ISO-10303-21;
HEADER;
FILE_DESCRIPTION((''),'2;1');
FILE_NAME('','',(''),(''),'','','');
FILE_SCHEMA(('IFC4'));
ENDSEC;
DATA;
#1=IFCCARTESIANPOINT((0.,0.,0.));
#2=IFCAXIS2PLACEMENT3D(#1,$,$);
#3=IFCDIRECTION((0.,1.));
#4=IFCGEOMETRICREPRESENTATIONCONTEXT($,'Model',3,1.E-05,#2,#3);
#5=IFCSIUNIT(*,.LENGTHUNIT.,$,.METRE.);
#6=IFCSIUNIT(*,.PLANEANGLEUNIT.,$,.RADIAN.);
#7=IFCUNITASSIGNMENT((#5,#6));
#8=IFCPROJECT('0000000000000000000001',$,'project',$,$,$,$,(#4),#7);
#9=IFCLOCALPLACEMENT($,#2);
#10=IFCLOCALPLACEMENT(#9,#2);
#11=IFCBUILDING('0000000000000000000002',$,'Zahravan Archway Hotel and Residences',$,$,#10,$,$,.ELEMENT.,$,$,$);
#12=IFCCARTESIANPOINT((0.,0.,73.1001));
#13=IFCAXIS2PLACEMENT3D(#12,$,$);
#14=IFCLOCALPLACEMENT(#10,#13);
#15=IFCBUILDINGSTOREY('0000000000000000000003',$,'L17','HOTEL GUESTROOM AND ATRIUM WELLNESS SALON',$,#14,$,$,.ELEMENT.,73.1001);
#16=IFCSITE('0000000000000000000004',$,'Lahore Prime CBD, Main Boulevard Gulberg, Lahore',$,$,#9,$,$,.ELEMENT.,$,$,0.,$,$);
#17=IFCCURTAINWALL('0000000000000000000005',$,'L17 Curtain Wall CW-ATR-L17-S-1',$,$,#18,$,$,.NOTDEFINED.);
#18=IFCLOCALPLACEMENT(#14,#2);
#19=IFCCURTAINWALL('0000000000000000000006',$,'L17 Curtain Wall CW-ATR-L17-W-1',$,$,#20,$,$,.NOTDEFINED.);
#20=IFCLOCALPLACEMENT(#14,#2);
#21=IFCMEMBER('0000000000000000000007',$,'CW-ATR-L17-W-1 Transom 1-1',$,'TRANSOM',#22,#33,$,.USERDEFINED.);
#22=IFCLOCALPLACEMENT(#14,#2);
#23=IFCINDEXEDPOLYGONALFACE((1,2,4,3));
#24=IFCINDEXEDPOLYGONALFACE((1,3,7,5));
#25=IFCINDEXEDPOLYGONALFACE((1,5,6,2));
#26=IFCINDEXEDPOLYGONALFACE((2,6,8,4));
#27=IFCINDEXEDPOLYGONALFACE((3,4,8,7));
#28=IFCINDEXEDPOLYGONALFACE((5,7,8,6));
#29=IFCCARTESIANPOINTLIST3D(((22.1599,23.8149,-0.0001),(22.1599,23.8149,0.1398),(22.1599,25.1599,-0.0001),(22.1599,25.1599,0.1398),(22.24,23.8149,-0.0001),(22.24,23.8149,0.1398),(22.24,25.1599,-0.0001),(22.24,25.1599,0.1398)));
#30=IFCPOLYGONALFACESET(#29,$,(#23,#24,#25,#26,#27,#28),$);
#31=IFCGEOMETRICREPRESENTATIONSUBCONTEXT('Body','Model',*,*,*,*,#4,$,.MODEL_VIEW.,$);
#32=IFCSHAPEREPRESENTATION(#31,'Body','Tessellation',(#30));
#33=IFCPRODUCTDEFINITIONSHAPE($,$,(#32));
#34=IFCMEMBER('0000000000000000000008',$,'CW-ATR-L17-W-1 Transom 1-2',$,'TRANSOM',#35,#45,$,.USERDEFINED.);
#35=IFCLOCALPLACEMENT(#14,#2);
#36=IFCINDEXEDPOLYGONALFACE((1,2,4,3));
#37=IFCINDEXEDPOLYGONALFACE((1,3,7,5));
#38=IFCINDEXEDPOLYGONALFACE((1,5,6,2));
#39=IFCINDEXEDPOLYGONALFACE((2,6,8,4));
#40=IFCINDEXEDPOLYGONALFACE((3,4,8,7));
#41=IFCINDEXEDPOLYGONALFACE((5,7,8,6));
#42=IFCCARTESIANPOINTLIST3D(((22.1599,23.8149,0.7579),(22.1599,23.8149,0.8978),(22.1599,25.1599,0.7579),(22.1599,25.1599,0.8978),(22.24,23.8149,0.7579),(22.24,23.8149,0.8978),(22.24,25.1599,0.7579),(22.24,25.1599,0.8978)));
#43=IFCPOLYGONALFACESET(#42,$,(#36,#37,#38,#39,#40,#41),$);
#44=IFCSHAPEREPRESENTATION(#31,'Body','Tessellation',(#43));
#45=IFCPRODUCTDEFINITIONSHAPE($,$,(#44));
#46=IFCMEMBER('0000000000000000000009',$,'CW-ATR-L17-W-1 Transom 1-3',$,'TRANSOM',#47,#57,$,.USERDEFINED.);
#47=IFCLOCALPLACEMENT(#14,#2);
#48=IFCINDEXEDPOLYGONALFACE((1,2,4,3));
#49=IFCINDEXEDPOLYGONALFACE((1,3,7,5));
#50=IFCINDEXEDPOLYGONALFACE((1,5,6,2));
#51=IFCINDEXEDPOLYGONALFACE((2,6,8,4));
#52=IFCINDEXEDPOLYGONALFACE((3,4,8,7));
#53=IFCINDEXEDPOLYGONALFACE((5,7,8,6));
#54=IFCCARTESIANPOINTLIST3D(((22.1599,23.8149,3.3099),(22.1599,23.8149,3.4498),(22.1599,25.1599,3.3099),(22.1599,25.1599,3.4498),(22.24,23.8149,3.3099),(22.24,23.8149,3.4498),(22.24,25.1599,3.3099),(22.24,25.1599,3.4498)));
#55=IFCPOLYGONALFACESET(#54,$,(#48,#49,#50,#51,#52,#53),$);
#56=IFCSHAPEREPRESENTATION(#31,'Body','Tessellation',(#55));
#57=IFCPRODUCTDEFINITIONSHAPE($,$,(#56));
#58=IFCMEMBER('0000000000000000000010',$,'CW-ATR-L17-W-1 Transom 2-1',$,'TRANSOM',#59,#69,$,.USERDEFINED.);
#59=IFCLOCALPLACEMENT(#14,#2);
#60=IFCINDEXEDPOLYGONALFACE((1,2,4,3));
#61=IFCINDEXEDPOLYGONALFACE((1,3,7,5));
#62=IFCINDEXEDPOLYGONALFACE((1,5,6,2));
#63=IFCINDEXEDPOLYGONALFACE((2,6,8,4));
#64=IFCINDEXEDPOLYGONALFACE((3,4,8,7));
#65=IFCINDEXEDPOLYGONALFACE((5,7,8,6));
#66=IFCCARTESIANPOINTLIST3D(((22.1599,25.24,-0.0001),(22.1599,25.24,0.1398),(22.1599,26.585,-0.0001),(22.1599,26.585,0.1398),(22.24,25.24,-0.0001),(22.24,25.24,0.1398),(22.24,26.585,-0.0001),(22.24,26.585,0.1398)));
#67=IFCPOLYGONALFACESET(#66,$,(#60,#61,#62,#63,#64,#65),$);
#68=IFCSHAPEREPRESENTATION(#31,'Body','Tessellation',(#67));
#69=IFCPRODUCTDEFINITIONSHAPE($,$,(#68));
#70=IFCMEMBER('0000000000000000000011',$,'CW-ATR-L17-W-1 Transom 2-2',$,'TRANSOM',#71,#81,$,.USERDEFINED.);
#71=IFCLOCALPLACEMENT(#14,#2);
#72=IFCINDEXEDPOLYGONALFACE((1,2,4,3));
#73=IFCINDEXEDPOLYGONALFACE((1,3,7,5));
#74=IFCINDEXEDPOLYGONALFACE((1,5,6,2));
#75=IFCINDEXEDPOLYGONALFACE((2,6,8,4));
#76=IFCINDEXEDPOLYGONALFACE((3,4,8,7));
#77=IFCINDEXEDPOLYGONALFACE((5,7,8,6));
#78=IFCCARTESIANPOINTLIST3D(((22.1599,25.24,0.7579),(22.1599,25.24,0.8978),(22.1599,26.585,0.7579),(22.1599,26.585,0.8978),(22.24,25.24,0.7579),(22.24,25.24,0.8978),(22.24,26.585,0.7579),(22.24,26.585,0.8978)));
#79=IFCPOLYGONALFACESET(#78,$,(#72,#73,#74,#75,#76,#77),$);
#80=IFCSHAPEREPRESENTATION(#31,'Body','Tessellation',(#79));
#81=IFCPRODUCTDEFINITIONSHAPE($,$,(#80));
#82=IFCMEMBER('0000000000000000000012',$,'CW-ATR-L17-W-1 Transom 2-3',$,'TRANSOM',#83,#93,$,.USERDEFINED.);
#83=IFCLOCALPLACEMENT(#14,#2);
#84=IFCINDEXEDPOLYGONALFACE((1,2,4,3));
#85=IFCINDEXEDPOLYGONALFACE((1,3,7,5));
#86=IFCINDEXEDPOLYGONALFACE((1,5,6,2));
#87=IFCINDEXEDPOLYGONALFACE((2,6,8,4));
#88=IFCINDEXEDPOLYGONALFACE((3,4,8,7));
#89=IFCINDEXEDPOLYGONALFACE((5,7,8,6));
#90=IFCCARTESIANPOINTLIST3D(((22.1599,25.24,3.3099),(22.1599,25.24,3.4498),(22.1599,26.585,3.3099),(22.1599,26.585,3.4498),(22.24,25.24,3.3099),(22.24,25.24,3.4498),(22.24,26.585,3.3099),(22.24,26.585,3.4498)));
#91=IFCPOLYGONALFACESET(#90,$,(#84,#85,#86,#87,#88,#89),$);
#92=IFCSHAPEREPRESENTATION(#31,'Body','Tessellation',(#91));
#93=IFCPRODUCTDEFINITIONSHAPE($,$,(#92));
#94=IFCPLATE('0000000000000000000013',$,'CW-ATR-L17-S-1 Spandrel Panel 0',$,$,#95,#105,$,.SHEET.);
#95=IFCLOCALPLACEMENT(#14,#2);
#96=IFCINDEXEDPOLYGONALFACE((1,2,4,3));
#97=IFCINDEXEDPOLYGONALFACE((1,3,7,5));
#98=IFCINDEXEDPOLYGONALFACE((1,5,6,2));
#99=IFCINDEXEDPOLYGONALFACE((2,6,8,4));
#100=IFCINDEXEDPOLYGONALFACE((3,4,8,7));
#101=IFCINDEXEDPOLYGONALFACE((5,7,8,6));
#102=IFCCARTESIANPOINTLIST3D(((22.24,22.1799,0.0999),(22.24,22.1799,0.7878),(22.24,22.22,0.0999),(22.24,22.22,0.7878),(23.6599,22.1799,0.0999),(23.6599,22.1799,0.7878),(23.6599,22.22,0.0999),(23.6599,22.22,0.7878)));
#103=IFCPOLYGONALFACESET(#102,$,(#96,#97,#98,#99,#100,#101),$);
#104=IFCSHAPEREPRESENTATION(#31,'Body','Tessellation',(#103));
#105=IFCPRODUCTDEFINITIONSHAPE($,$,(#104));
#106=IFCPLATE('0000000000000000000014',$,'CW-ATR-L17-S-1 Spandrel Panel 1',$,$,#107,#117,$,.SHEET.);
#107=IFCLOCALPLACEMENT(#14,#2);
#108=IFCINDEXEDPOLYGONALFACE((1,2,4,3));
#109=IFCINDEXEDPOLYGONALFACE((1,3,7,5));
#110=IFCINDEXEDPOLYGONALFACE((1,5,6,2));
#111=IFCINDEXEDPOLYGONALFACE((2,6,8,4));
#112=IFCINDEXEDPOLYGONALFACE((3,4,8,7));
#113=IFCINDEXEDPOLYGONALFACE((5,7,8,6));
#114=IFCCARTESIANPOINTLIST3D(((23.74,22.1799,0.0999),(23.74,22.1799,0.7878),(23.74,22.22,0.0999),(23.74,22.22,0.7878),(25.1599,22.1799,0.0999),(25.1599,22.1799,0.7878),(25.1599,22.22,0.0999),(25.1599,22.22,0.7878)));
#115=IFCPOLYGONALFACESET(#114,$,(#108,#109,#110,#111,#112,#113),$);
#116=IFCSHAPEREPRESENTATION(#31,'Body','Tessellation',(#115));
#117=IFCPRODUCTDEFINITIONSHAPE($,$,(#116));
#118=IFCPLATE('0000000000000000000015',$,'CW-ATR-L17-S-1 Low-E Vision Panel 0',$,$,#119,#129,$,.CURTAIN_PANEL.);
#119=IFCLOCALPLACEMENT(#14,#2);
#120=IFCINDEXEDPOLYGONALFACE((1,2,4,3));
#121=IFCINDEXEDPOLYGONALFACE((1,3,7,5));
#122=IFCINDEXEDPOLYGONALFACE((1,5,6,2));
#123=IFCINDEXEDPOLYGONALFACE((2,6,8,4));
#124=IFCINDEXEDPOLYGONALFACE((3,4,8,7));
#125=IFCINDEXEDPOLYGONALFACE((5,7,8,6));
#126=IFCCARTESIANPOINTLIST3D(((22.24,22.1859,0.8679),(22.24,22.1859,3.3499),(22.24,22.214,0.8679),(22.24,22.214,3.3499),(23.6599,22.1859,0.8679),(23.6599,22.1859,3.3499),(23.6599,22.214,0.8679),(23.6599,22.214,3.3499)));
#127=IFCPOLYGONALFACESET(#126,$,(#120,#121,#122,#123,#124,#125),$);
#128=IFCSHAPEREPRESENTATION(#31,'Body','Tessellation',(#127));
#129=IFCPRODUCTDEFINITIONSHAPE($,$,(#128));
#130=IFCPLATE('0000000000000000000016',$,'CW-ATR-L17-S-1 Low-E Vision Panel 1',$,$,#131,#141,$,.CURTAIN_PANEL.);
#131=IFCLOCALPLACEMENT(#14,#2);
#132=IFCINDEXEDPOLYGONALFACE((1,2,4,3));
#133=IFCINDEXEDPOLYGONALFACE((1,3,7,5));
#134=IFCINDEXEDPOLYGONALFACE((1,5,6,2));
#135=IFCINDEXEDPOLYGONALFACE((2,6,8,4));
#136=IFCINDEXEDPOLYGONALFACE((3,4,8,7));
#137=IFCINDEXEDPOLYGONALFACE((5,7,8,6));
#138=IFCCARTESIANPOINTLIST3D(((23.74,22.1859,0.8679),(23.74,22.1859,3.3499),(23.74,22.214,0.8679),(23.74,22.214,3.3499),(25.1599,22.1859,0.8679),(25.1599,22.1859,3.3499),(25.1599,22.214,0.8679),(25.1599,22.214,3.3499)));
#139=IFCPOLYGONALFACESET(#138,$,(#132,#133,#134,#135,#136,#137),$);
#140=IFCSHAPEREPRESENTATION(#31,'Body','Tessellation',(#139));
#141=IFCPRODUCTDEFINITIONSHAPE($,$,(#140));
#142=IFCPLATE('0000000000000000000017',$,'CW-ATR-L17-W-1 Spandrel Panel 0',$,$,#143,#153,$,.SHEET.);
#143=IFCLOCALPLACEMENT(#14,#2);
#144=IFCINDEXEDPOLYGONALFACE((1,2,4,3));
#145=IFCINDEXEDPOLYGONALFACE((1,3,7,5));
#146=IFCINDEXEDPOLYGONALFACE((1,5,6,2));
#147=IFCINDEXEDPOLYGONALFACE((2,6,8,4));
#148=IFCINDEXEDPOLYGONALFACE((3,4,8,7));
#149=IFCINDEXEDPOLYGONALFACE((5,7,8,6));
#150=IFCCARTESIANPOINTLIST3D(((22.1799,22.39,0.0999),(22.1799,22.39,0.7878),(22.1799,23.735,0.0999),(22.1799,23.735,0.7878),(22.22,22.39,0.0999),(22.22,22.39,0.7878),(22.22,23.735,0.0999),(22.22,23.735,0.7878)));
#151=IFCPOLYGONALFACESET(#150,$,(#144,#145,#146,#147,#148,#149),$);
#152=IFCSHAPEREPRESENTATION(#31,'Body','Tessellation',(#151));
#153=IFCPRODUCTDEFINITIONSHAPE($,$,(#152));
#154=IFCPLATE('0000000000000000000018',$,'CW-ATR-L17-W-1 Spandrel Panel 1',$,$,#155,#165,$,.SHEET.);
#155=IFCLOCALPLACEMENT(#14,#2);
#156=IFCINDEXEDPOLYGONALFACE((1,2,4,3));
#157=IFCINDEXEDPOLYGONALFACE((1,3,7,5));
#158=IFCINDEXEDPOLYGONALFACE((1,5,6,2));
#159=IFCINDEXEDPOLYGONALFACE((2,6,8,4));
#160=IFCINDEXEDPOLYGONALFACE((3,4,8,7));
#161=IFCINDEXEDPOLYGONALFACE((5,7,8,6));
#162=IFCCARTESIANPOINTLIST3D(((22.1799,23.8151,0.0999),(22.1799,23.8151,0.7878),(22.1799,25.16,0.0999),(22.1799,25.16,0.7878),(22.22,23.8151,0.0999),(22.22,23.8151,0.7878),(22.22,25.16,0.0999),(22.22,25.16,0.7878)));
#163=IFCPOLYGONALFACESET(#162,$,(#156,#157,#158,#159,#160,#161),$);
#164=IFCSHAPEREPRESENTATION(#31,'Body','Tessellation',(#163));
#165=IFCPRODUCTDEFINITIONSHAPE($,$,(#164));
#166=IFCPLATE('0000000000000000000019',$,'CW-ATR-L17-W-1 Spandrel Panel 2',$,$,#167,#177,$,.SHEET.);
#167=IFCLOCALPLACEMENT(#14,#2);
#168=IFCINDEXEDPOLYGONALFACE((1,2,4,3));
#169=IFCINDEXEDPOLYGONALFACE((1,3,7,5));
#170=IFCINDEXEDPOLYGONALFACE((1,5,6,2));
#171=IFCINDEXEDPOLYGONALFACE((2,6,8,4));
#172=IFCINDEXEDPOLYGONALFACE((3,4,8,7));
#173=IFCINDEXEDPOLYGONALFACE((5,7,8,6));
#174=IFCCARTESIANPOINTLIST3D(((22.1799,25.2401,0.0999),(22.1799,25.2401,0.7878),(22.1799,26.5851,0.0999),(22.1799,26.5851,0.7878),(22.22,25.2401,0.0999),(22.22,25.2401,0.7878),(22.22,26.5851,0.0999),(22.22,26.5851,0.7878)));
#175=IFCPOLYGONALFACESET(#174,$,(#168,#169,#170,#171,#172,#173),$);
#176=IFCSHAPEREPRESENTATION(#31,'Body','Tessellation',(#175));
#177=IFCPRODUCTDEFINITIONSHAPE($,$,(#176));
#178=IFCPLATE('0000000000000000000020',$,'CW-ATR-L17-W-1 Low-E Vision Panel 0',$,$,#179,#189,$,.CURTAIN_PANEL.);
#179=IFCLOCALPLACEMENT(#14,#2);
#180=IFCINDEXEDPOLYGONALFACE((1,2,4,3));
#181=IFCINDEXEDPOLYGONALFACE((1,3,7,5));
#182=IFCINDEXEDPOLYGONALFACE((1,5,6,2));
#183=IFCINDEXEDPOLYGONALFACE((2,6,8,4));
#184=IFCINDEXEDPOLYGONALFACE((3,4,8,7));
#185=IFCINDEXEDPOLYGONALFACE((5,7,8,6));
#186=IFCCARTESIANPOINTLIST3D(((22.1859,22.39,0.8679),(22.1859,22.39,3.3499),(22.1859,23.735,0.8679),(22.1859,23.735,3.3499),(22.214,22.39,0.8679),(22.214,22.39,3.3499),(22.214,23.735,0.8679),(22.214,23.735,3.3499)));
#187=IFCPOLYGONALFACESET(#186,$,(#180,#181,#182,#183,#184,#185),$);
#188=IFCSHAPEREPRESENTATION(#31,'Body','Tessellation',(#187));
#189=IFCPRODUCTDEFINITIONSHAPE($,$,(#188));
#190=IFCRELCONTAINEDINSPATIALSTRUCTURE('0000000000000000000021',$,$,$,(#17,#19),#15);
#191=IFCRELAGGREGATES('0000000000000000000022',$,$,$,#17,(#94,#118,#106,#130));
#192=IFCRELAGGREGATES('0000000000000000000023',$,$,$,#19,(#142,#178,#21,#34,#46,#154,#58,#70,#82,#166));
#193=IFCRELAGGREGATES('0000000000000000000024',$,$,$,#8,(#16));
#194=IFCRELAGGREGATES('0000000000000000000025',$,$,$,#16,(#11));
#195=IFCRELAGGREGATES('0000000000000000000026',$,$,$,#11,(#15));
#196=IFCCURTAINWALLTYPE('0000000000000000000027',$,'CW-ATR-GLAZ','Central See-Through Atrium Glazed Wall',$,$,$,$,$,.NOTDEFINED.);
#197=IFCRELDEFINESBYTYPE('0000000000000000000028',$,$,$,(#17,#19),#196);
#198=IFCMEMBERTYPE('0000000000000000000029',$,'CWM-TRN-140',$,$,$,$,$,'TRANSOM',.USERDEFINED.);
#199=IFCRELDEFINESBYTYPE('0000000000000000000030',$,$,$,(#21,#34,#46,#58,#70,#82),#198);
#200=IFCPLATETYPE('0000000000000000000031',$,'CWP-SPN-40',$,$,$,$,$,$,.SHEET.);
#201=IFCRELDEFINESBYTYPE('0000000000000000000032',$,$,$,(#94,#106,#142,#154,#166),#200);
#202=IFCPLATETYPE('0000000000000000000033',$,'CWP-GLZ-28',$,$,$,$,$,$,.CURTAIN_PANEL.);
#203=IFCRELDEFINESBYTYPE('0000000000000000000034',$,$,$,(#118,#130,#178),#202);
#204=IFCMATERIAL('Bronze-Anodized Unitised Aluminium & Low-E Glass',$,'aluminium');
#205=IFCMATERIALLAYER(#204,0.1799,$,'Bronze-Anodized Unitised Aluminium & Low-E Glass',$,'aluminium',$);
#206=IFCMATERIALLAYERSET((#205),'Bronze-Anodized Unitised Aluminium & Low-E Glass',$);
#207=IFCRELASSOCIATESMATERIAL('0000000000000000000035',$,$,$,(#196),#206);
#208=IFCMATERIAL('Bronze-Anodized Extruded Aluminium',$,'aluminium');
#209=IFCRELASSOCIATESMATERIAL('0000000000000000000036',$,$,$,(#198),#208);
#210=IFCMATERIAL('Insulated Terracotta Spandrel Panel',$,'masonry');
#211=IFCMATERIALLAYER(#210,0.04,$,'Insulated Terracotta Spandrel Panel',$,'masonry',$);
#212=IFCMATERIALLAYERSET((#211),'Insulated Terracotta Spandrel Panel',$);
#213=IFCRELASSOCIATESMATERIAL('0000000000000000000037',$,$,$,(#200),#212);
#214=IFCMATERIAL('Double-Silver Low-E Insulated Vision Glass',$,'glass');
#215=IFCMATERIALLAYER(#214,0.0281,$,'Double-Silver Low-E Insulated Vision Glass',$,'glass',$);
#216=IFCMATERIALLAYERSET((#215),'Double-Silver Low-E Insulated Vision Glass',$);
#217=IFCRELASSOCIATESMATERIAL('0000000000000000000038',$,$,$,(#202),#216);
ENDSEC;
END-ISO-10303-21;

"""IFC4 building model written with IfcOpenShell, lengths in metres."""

from ifc_helpers import new_model, si_unit, direction, frame, origin, origin_2d, place, context, subcontext, project, spatial, rectangle, extrude, source, transform, mapped, material, layer, layer_set, material_profile, profile_set, type_object, element, aggregate, save


model = new_model("IFC4")

# Units and contexts
model_context = context("Model", 3, precision=1e-05, world=origin(), true_north=direction((0.0, 1.0)))
body_context = subcontext(model_context, "Body", "Model", "MODEL_VIEW")
ifc_project = project(units=[si_unit("LENGTHUNIT", "METRE"), si_unit("PLANEANGLEUNIT", "RADIAN")], contexts=[model_context])

# Site, building, storey
site_placement = place(None, origin())
site = spatial("IfcSite", under=ifc_project, at=site_placement, Name="Lahore Prime CBD, Main Boulevard Gulberg, Lahore", CompositionType="ELEMENT", RefElevation=0.0)
building_placement = place(site_placement, origin())
building = spatial("IfcBuilding", under=site, at=building_placement, Name="Zahravan Archway Hotel and Residences", CompositionType="ELEMENT")
storey_placement = place(building_placement, frame((0.0, 0.0, 73.1001)))
storey = spatial("IfcBuildingStorey", under=building, at=storey_placement, Name="L17", Description="HOTEL GUESTROOM AND ATRIUM WELLNESS SALON", CompositionType="ELEMENT", Elevation=73.1001)

# Curtain walls
ifc_material_1 = material(Name="Bronze-Anodized Unitised Aluminium & Low-E Glass", Category="aluminium")
ifc_layer_1 = layer(ifc_material_1, 0.1799, Name="Bronze-Anodized Unitised Aluminium & Low-E Glass", Category="aluminium")
ifc_layer_set_1 = layer_set([ifc_layer_1], Name="Bronze-Anodized Unitised Aluminium & Low-E Glass")
curtain_wall_type = type_object("IfcCurtainWallType", Name="CW-ATR-GLAZ", Description="Central See-Through Atrium Glazed Wall", PredefinedType="NOTDEFINED", material=ifc_layer_set_1)
curtain_wall_1_placement = place(storey_placement, origin())
curtain_wall_1 = element("IfcCurtainWall", 1, at=curtain_wall_1_placement, inside=storey, type_object=curtain_wall_type, Name="L17 Curtain Wall CW-ATR-L17-S-1", PredefinedType="NOTDEFINED")
ifc_material_2 = material(Name="Bronze-Anodized Extruded Aluminium", Category="aluminium")
curtain_wall_2_placement = place(storey_placement, origin())
curtain_wall_2 = element("IfcCurtainWall", 2, at=curtain_wall_2_placement, inside=storey, type_object=curtain_wall_type, Name="L17 Curtain Wall CW-ATR-L17-W-1", PredefinedType="NOTDEFINED")

# Members
ifc_material_profile_1 = material_profile(ifc_material_2, rectangle(XDim=0.0801, YDim=0.1399, at=origin_2d()), Name="TRN 80x140", Category="aluminium")
ifc_profile_set_1 = profile_set([ifc_material_profile_1], Name="Bronze-Anodized Extruded Aluminium")
member_type_1 = type_object("IfcMemberType", Name="CWM-TRN-140", ElementType="TRANSOM", PredefinedType="USERDEFINED", material=ifc_profile_set_1)
shared_shape_1 = source(origin(), body_context, "Body", "SweptSolid", [
    extrude(rectangle(XDim=0.0801, YDim=0.1399, at=origin_2d()), origin(), (0.0, 0.0, 1.0), 1.345),
])
member_1_placement = place(storey_placement, frame((22.2, 23.8149, 0.0698), z_axis=(0.0, 1.0, 0.0), x_axis=(-1.0, 0.0, 0.0)))
member_1 = element("IfcMember", 3, at=member_1_placement, type_object=member_type_1, Name="CW-ATR-L17-W-1 Transom 1-1", ObjectType="TRANSOM", PredefinedType="USERDEFINED", context=body_context, shape_type="MappedRepresentation", body=[
    mapped(shared_shape_1, transform((0.0, 0.0, 0.0), scale=1.0)),
])
member_2_placement = place(storey_placement, frame((22.2, 23.8149, 0.8279), z_axis=(0.0, 1.0, 0.0), x_axis=(-1.0, 0.0, 0.0)))
member_2 = element("IfcMember", 4, at=member_2_placement, type_object=member_type_1, Name="CW-ATR-L17-W-1 Transom 1-2", ObjectType="TRANSOM", PredefinedType="USERDEFINED", context=body_context, shape_type="MappedRepresentation", body=[
    mapped(shared_shape_1, transform((0.0, 0.0, 0.0), scale=1.0)),
])
member_3_placement = place(storey_placement, frame((22.2, 23.8149, 3.3799), z_axis=(0.0, 1.0, 0.0), x_axis=(-1.0, 0.0, 0.0)))
member_3 = element("IfcMember", 5, at=member_3_placement, type_object=member_type_1, Name="CW-ATR-L17-W-1 Transom 1-3", ObjectType="TRANSOM", PredefinedType="USERDEFINED", context=body_context, shape_type="MappedRepresentation", body=[
    mapped(shared_shape_1, transform((0.0, 0.0, 0.0), scale=1.0)),
])
member_4_placement = place(storey_placement, frame((22.2, 25.24, 0.0698), z_axis=(0.0, 1.0, 0.0), x_axis=(-1.0, 0.0, 0.0)))
member_4 = element("IfcMember", 6, at=member_4_placement, type_object=member_type_1, Name="CW-ATR-L17-W-1 Transom 2-1", ObjectType="TRANSOM", PredefinedType="USERDEFINED", context=body_context, shape_type="MappedRepresentation", body=[
    mapped(shared_shape_1, transform((0.0, 0.0, 0.0), scale=1.0)),
])
member_5_placement = place(storey_placement, frame((22.2, 25.24, 0.8279), z_axis=(0.0, 1.0, 0.0), x_axis=(-1.0, 0.0, 0.0)))
member_5 = element("IfcMember", 7, at=member_5_placement, type_object=member_type_1, Name="CW-ATR-L17-W-1 Transom 2-2", ObjectType="TRANSOM", PredefinedType="USERDEFINED", context=body_context, shape_type="MappedRepresentation", body=[
    mapped(shared_shape_1, transform((0.0, 0.0, 0.0), scale=1.0)),
])
member_6_placement = place(storey_placement, frame((22.2, 25.24, 3.3799), z_axis=(0.0, 1.0, 0.0), x_axis=(-1.0, 0.0, 0.0)))
member_6 = element("IfcMember", 8, at=member_6_placement, type_object=member_type_1, Name="CW-ATR-L17-W-1 Transom 2-3", ObjectType="TRANSOM", PredefinedType="USERDEFINED", context=body_context, shape_type="MappedRepresentation", body=[
    mapped(shared_shape_1, transform((0.0, 0.0, 0.0), scale=1.0)),
])

# Plates
ifc_material_3 = material(Name="Insulated Terracotta Spandrel Panel", Category="masonry")
ifc_layer_2 = layer(ifc_material_3, 0.04, Name="Insulated Terracotta Spandrel Panel", Category="masonry")
ifc_layer_set_2 = layer_set([ifc_layer_2], Name="Insulated Terracotta Spandrel Panel")
plate_type_1 = type_object("IfcPlateType", Name="CWP-SPN-40", PredefinedType="SHEET", material=ifc_layer_set_2)
shared_shape_2 = source(origin(), body_context, "Body", "SweptSolid", [
    extrude(rectangle(XDim=1.4199, YDim=0.04, at=origin_2d()), origin(), (0.0, 0.0, 1.0), 0.688),
])
plate_1_placement = place(storey_placement, frame((22.95, 22.2, 0.0999), z_axis=(0.0, 0.0, 1.0), x_axis=(1.0, 0.0, 0.0)))
plate_1 = element("IfcPlate", 9, at=plate_1_placement, type_object=plate_type_1, Name="CW-ATR-L17-S-1 Spandrel Panel 0", PredefinedType="SHEET", context=body_context, shape_type="MappedRepresentation", body=[
    mapped(shared_shape_2, transform((0.0, 0.0, 0.0), scale=1.0)),
])
plate_2_placement = place(storey_placement, frame((24.45, 22.2, 0.0999), z_axis=(0.0, 0.0, 1.0), x_axis=(1.0, 0.0, 0.0)))
plate_2 = element("IfcPlate", 10, at=plate_2_placement, type_object=plate_type_1, Name="CW-ATR-L17-S-1 Spandrel Panel 1", PredefinedType="SHEET", context=body_context, shape_type="MappedRepresentation", body=[
    mapped(shared_shape_2, transform((0.0, 0.0, 0.0), scale=1.0)),
])
ifc_material_4 = material(Name="Double-Silver Low-E Insulated Vision Glass", Category="glass")
ifc_layer_3 = layer(ifc_material_4, 0.0281, Name="Double-Silver Low-E Insulated Vision Glass", Category="glass")
ifc_layer_set_3 = layer_set([ifc_layer_3], Name="Double-Silver Low-E Insulated Vision Glass")
plate_type_2 = type_object("IfcPlateType", Name="CWP-GLZ-28", PredefinedType="CURTAIN_PANEL", material=ifc_layer_set_3)
shared_shape_3 = source(origin(), body_context, "Body", "SweptSolid", [
    extrude(rectangle(XDim=1.4199, YDim=0.0281, at=origin_2d()), origin(), (0.0, 0.0, 1.0), 2.4819),
])
plate_3_placement = place(storey_placement, frame((22.95, 22.2, 0.8679), z_axis=(0.0, 0.0, 1.0), x_axis=(1.0, 0.0, 0.0)))
plate_3 = element("IfcPlate", 11, at=plate_3_placement, type_object=plate_type_2, Name="CW-ATR-L17-S-1 Low-E Vision Panel 0", PredefinedType="CURTAIN_PANEL", context=body_context, shape_type="MappedRepresentation", body=[
    mapped(shared_shape_3, transform((0.0, 0.0, 0.0), scale=1.0)),
])
plate_4_placement = place(storey_placement, frame((24.45, 22.2, 0.8679), z_axis=(0.0, 0.0, 1.0), x_axis=(1.0, 0.0, 0.0)))
plate_4 = element("IfcPlate", 12, at=plate_4_placement, type_object=plate_type_2, Name="CW-ATR-L17-S-1 Low-E Vision Panel 1", PredefinedType="CURTAIN_PANEL", context=body_context, shape_type="MappedRepresentation", body=[
    mapped(shared_shape_3, transform((0.0, 0.0, 0.0), scale=1.0)),
])
aggregate(curtain_wall_1, [plate_1, plate_3, plate_2, plate_4])
shared_shape_4 = source(origin(), body_context, "Body", "SweptSolid", [
    extrude(rectangle(XDim=1.345, YDim=0.04, at=origin_2d()), origin(), (0.0, 0.0, 1.0), 0.688),
])
plate_5_placement = place(storey_placement, frame((22.2, 23.0625, 0.0999), z_axis=(0.0, 0.0, 1.0), x_axis=(0.0, 1.0, 0.0)))
plate_5 = element("IfcPlate", 13, at=plate_5_placement, type_object=plate_type_1, Name="CW-ATR-L17-W-1 Spandrel Panel 0", PredefinedType="SHEET", context=body_context, shape_type="MappedRepresentation", body=[
    mapped(shared_shape_4, transform((0.0, 0.0, 0.0), scale=1.0)),
])
plate_6_placement = place(storey_placement, frame((22.2, 24.4875, 0.0999), z_axis=(0.0, 0.0, 1.0), x_axis=(0.0, 1.0, 0.0)))
plate_6 = element("IfcPlate", 14, at=plate_6_placement, type_object=plate_type_1, Name="CW-ATR-L17-W-1 Spandrel Panel 1", PredefinedType="SHEET", context=body_context, shape_type="MappedRepresentation", body=[
    mapped(shared_shape_4, transform((0.0, 0.0, 0.0), scale=1.0)),
])
plate_7_placement = place(storey_placement, frame((22.2, 25.9126, 0.0999), z_axis=(0.0, 0.0, 1.0), x_axis=(0.0, 1.0, 0.0)))
plate_7 = element("IfcPlate", 15, at=plate_7_placement, type_object=plate_type_1, Name="CW-ATR-L17-W-1 Spandrel Panel 2", PredefinedType="SHEET", context=body_context, shape_type="MappedRepresentation", body=[
    mapped(shared_shape_4, transform((0.0, 0.0, 0.0), scale=1.0)),
])
shared_shape_5 = source(origin(), body_context, "Body", "SweptSolid", [
    extrude(rectangle(XDim=1.345, YDim=0.0281, at=origin_2d()), origin(), (0.0, 0.0, 1.0), 2.4819),
])
plate_8_placement = place(storey_placement, frame((22.2, 23.0625, 0.8679), z_axis=(0.0, 0.0, 1.0), x_axis=(0.0, 1.0, 0.0)))
plate_8 = element("IfcPlate", 16, at=plate_8_placement, type_object=plate_type_2, Name="CW-ATR-L17-W-1 Low-E Vision Panel 0", PredefinedType="CURTAIN_PANEL", context=body_context, shape_type="MappedRepresentation", body=[
    mapped(shared_shape_5, transform((0.0, 0.0, 0.0), scale=1.0)),
])
aggregate(curtain_wall_2, [plate_5, plate_8, member_1, member_2, member_3, plate_6, member_4, member_5, member_6, plate_7])

save(model, "model.ifc")
